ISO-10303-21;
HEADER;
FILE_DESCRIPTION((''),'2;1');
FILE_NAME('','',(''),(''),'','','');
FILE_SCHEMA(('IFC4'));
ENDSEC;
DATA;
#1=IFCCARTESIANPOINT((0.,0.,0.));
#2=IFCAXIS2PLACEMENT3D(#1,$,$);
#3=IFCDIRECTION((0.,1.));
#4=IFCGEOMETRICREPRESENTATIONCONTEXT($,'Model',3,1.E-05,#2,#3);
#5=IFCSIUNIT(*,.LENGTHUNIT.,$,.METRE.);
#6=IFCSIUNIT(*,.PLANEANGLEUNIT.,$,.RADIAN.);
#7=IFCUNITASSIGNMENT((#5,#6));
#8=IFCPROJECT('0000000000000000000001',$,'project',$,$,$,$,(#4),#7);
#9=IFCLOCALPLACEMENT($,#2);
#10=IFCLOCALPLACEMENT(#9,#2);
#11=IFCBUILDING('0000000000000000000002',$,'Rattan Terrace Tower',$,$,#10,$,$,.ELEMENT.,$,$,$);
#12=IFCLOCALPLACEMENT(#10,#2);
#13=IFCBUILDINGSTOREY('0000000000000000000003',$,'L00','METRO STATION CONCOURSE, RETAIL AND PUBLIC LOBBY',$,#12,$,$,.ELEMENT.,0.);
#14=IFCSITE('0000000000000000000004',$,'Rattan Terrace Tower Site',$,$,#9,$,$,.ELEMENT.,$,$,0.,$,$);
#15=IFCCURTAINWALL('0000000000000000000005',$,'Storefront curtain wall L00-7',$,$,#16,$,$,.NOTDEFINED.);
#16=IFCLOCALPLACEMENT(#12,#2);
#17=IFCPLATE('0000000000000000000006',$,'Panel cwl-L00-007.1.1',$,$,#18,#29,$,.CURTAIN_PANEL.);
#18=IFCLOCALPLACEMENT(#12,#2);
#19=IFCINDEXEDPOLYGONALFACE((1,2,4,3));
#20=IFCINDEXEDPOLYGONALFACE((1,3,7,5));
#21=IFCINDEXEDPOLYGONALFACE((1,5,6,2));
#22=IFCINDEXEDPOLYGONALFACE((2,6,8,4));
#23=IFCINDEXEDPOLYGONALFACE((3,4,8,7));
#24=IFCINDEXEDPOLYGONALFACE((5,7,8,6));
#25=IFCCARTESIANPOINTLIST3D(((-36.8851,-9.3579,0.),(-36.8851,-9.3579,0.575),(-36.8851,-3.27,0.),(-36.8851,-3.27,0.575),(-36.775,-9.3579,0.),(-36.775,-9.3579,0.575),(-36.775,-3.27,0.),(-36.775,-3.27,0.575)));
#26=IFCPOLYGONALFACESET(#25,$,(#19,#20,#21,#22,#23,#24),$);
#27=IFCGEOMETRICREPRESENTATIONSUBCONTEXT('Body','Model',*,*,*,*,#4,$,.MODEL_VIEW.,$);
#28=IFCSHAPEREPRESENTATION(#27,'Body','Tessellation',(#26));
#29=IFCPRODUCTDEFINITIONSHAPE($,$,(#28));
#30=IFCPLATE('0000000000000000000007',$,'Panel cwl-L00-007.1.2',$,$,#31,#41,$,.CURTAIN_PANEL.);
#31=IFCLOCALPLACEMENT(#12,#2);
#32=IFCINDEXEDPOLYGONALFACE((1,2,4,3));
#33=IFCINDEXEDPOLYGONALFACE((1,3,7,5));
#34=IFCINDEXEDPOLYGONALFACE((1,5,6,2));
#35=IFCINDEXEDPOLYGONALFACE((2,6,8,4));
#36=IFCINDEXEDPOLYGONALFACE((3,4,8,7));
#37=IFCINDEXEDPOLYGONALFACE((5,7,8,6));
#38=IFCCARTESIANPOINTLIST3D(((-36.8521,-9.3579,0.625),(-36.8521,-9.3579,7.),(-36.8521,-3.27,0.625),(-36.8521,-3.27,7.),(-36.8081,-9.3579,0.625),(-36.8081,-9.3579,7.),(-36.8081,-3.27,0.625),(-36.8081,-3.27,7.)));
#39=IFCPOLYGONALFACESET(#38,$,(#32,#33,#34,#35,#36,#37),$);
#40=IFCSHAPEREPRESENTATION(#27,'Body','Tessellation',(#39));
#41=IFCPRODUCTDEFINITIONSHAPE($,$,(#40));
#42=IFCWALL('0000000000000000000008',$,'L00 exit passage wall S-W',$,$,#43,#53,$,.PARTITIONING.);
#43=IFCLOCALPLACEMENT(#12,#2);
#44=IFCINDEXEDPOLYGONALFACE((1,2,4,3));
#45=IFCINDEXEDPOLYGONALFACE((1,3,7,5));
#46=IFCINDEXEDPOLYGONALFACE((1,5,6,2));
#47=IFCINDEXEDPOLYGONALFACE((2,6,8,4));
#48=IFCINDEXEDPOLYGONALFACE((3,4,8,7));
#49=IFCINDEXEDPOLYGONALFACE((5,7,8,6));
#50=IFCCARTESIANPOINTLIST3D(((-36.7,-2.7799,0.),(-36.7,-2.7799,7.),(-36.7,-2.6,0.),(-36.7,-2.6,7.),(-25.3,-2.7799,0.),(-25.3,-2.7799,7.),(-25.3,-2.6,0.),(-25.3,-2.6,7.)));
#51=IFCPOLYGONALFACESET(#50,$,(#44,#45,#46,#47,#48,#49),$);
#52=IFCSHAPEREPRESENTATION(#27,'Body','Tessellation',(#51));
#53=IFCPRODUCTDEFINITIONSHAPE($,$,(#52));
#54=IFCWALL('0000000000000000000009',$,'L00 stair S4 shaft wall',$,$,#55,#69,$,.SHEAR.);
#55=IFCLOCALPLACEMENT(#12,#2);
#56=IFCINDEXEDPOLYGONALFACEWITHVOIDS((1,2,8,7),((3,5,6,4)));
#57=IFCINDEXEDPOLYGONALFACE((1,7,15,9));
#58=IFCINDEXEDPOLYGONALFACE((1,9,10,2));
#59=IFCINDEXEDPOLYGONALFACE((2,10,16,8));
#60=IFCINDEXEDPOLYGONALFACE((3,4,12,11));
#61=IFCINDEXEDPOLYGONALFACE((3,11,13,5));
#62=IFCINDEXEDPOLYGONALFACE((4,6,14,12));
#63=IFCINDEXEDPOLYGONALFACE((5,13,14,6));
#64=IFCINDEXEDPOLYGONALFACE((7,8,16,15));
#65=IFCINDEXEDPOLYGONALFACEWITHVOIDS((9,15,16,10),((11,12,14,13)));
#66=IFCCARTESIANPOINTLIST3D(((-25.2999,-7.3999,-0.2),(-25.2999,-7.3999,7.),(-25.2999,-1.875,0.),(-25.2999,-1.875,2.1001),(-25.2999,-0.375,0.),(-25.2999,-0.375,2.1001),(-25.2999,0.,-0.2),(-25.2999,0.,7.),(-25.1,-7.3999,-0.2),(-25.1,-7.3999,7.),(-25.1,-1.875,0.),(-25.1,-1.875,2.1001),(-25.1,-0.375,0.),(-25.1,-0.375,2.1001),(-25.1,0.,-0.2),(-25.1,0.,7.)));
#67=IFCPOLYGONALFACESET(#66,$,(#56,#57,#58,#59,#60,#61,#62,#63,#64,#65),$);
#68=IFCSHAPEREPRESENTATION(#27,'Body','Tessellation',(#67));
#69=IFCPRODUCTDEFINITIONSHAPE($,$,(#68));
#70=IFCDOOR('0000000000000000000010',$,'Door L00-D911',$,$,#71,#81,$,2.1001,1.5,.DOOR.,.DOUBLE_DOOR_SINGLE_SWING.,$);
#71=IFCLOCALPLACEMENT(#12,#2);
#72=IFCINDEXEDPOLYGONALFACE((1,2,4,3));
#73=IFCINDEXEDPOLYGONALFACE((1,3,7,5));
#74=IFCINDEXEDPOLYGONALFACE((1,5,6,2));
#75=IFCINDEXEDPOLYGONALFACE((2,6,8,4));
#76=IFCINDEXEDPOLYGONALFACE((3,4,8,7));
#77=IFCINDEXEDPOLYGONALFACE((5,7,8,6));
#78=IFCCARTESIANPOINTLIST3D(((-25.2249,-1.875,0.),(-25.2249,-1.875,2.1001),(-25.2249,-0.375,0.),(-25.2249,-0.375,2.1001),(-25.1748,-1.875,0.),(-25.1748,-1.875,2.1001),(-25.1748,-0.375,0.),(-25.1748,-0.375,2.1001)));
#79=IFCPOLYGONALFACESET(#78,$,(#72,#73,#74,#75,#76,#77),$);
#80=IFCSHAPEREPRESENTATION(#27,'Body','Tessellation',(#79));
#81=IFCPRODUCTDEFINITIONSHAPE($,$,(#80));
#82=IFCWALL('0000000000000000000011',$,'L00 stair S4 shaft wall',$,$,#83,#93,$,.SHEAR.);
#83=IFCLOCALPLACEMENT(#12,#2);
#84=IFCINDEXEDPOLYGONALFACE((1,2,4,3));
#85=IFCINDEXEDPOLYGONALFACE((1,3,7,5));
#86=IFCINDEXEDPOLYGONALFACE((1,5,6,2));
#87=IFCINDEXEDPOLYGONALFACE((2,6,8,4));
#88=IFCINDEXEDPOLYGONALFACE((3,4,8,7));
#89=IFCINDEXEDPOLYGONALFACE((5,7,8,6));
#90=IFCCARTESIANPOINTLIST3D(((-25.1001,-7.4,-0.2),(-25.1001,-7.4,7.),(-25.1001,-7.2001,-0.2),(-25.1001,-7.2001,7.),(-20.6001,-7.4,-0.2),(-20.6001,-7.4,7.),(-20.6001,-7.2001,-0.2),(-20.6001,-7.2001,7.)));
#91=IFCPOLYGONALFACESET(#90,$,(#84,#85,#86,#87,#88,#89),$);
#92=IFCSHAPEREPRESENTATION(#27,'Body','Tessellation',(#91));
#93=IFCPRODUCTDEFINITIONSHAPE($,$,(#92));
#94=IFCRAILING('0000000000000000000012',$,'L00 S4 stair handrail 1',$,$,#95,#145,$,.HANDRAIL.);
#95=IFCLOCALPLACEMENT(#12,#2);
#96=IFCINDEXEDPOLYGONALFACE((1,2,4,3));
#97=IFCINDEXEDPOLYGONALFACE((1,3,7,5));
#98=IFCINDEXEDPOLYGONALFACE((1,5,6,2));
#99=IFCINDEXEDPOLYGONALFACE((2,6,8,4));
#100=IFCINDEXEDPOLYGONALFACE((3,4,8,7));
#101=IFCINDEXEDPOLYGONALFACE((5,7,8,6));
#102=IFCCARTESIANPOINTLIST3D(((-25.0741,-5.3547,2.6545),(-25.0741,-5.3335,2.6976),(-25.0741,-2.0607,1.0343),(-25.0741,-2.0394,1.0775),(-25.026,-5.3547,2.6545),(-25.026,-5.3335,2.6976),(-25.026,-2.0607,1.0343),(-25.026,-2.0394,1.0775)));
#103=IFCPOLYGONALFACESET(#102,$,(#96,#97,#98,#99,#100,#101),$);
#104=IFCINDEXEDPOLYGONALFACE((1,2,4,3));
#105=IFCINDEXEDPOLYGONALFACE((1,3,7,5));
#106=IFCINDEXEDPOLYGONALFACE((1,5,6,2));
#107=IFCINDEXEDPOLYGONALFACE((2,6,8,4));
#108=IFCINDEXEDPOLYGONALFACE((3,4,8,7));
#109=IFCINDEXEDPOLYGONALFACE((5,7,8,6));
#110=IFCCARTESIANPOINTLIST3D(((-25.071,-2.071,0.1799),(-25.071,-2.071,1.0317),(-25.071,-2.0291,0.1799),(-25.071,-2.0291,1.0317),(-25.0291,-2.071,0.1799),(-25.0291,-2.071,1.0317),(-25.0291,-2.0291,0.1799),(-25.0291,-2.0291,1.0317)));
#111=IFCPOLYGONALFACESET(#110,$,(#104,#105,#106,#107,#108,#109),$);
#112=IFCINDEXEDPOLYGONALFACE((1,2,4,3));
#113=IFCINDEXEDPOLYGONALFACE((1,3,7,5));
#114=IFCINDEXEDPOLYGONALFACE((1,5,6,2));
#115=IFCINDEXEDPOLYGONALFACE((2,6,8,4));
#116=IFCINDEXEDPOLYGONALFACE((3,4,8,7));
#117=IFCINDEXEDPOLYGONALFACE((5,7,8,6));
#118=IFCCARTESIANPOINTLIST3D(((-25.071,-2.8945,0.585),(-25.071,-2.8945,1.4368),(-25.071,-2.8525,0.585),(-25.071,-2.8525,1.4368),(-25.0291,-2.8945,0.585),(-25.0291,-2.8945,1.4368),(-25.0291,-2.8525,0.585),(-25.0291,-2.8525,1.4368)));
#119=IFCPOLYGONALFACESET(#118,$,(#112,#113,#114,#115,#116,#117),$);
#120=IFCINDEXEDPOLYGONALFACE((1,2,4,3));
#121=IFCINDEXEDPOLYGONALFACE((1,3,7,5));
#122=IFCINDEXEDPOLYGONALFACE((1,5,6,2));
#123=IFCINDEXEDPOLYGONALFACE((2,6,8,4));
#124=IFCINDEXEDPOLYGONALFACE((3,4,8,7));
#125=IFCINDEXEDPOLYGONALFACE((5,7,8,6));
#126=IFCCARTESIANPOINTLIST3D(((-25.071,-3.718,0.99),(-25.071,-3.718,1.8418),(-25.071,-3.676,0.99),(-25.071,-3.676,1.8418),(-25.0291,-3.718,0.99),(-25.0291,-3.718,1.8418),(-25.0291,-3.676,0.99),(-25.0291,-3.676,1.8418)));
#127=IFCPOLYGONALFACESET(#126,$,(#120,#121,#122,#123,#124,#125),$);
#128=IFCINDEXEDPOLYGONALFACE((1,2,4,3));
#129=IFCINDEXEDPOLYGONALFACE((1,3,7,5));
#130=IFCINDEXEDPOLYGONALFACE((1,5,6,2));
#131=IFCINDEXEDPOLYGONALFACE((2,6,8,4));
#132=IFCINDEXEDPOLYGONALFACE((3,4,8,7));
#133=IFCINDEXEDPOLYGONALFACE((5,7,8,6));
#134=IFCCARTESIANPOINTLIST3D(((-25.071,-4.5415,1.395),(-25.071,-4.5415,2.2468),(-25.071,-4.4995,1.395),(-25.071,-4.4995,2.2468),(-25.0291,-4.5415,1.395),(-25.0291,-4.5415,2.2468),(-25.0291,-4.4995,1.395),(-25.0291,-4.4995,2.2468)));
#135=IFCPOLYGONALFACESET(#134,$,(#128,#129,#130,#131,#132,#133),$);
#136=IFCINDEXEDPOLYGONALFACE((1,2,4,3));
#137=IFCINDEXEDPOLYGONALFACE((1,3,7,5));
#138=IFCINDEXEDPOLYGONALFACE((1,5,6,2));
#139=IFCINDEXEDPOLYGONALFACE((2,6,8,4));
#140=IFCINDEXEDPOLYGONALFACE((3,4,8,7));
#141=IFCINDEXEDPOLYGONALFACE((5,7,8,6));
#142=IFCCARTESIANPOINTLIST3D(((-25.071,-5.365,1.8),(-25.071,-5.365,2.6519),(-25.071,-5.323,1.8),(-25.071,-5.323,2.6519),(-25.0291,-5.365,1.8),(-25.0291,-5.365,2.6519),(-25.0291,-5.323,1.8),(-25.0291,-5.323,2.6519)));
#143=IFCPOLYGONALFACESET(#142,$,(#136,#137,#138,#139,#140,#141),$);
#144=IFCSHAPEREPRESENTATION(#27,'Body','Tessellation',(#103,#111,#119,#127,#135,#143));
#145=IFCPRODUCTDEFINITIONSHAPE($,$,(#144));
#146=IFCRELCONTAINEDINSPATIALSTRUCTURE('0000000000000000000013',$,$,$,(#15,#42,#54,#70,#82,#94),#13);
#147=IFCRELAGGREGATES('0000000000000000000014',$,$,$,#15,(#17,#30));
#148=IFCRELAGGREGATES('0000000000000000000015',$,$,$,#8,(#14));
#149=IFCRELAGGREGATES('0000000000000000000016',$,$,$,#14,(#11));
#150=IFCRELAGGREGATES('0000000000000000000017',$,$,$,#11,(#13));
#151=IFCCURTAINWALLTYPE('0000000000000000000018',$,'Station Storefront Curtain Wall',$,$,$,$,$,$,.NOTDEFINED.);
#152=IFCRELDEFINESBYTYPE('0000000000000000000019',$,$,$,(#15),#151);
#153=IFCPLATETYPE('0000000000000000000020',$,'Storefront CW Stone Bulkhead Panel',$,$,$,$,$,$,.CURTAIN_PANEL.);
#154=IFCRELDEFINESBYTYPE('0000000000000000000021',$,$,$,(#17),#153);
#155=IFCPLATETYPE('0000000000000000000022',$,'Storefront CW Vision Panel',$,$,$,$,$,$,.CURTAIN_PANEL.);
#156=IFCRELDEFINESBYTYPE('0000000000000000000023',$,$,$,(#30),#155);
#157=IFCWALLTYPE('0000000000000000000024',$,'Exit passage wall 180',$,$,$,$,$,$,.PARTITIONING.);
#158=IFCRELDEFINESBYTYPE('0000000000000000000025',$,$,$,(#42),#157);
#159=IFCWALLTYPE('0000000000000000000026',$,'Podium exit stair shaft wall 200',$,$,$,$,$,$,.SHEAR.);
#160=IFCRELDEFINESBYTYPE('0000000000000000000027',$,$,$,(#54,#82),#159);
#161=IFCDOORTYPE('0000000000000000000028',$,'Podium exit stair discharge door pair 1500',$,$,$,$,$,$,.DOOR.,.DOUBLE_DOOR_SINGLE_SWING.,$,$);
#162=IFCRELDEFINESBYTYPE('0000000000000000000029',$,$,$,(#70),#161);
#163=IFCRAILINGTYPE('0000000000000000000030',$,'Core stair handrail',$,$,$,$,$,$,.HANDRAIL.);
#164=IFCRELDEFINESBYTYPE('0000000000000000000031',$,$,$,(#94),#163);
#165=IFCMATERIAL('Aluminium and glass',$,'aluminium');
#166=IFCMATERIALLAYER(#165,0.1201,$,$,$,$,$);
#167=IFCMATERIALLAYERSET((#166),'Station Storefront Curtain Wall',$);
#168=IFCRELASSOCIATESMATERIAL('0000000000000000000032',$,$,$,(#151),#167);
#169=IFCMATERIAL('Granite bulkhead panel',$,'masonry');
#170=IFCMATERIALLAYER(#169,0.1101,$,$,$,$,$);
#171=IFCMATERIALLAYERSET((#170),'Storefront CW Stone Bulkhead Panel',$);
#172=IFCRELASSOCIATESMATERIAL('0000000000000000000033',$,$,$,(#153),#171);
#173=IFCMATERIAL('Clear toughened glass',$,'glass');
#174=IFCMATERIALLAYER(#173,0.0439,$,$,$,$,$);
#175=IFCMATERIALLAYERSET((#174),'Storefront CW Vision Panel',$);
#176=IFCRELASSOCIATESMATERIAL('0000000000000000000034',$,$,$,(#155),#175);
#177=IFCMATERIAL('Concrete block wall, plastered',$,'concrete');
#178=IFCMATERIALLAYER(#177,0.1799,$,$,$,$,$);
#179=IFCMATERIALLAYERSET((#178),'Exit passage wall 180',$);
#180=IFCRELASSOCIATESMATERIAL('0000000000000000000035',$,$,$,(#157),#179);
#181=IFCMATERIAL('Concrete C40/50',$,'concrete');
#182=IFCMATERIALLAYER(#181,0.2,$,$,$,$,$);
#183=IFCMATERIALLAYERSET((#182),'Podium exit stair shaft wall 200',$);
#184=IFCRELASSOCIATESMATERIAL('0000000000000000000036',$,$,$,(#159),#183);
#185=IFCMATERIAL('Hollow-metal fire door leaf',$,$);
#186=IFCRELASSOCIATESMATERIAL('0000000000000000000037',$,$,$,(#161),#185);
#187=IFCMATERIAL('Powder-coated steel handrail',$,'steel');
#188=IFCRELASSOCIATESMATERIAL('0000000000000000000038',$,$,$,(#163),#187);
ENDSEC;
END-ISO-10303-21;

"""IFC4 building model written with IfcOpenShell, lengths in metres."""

from ifc_helpers import new_model, si_unit, direction, frame, frame_2d, origin, origin_2d, place, context, subcontext, project, spatial, rectangle, extrude, material, layer, layer_set, type_object, element, fill, aggregate, save


model = new_model("IFC4")

# Units and contexts
model_context = context("Model", 3, precision=1e-05, world=origin(), true_north=direction((0.0, 1.0)))
body_context = subcontext(model_context, "Body", "Model", "MODEL_VIEW")
ifc_project = project(units=[si_unit("LENGTHUNIT", "METRE"), si_unit("PLANEANGLEUNIT", "RADIAN")], contexts=[model_context])

# Site, building, storey
site_placement = place(None, origin())
site = spatial("IfcSite", under=ifc_project, at=site_placement, Name="Rattan Terrace Tower Site", CompositionType="ELEMENT", RefElevation=0.0)
building_placement = place(site_placement, origin())
building = spatial("IfcBuilding", under=site, at=building_placement, Name="Rattan Terrace Tower", CompositionType="ELEMENT")
storey_placement = place(building_placement, origin())
storey = spatial("IfcBuildingStorey", under=building, at=storey_placement, Name="L00", Description="METRO STATION CONCOURSE, RETAIL AND PUBLIC LOBBY", CompositionType="ELEMENT", Elevation=0.0)

# Curtain wall, plates
ifc_material_1 = material(Name="Aluminium and glass", Category="aluminium")
ifc_layer_1 = layer(ifc_material_1, 0.1201)
ifc_layer_set_1 = layer_set([ifc_layer_1], Name="Station Storefront Curtain Wall")
curtain_wall_type = type_object("IfcCurtainWallType", Name="Station Storefront Curtain Wall", PredefinedType="NOTDEFINED", material=ifc_layer_set_1)
curtain_wall_placement = place(storey_placement, origin())
curtain_wall = element("IfcCurtainWall", 1, at=curtain_wall_placement, inside=storey, type_object=curtain_wall_type, Name="Storefront curtain wall L00-7", PredefinedType="NOTDEFINED")
ifc_material_2 = material(Name="Granite bulkhead panel", Category="masonry")
ifc_layer_2 = layer(ifc_material_2, 0.1101)
ifc_layer_set_2 = layer_set([ifc_layer_2], Name="Storefront CW Stone Bulkhead Panel")
plate_type_1 = type_object("IfcPlateType", Name="Storefront CW Stone Bulkhead Panel", PredefinedType="CURTAIN_PANEL", material=ifc_layer_set_2)
plate_1_placement = place(storey_placement, frame((-36.8301, -6.314, 0.0), z_axis=(0.0, 0.0, 1.0), x_axis=(0.0, -1.0, 0.0)))
plate_1 = element("IfcPlate", 2, at=plate_1_placement, type_object=plate_type_1, Name="Panel cwl-L00-007.1.1", PredefinedType="CURTAIN_PANEL", context=body_context, shape_type="SweptSolid", body=[
    extrude(rectangle(XDim=6.0879, YDim=0.1101, at=origin_2d()), origin(), (0.0, 0.0, 1.0), 0.575),
])
ifc_material_3 = material(Name="Clear toughened glass", Category="glass")
ifc_layer_3 = layer(ifc_material_3, 0.0439)
ifc_layer_set_3 = layer_set([ifc_layer_3], Name="Storefront CW Vision Panel")
plate_type_2 = type_object("IfcPlateType", Name="Storefront CW Vision Panel", PredefinedType="CURTAIN_PANEL", material=ifc_layer_set_3)
plate_2_placement = place(storey_placement, frame((-36.8301, -6.314, 0.625), z_axis=(0.0, 0.0, 1.0), x_axis=(0.0, -1.0, 0.0)))
plate_2 = element("IfcPlate", 3, at=plate_2_placement, type_object=plate_type_2, Name="Panel cwl-L00-007.1.2", PredefinedType="CURTAIN_PANEL", context=body_context, shape_type="SweptSolid", body=[
    extrude(rectangle(XDim=6.0879, YDim=0.0439, at=origin_2d()), origin(), (0.0, 0.0, 1.0), 6.375),
])
aggregate(curtain_wall, [plate_1, plate_2])

# Wall
ifc_material_4 = material(Name="Concrete block wall, plastered", Category="concrete")
ifc_layer_4 = layer(ifc_material_4, 0.1799)
ifc_layer_set_4 = layer_set([ifc_layer_4], Name="Exit passage wall 180")
wall_type_1 = type_object("IfcWallType", Name="Exit passage wall 180", PredefinedType="PARTITIONING", material=ifc_layer_set_4)
wall_1_placement = place(storey_placement, frame((-36.7, -2.6899, 0.0), z_axis=(0.0, 0.0, 1.0), x_axis=(1.0, 0.0, 0.0)))
element("IfcWall", 4, at=wall_1_placement, inside=storey, type_object=wall_type_1, Name="L00 exit passage wall S-W", PredefinedType="PARTITIONING", context=body_context, shape_type="SweptSolid", body=[
    extrude(rectangle(XDim=11.3999, YDim=0.1799, at=frame_2d((5.7, 0.0))), origin(), (0.0, 0.0, 1.0), 7.0),
])

# Wall, opening, door
ifc_material_5 = material(Name="Concrete C40/50", Category="concrete")
ifc_layer_5 = layer(ifc_material_5, 0.2)
ifc_layer_set_5 = layer_set([ifc_layer_5], Name="Podium exit stair shaft wall 200")
wall_type_2 = type_object("IfcWallType", Name="Podium exit stair shaft wall 200", PredefinedType="SHEAR", material=ifc_layer_set_5)
wall_2_placement = place(storey_placement, frame((-25.2, -7.3999, -0.2), z_axis=(0.0, 0.0, 1.0), x_axis=(0.0, 1.0, 0.0)))
wall_2 = element("IfcWall", 5, at=wall_2_placement, inside=storey, type_object=wall_type_2, Name="L00 stair S4 shaft wall", PredefinedType="SHEAR", context=body_context, shape_type="SweptSolid", body=[
    extrude(rectangle(XDim=7.3999, YDim=0.2, at=frame_2d((3.7, 0.0))), origin(), (0.0, 0.0, 1.0), 7.2),
])
opening_1_placement = place(wall_2_placement, frame((5.5249, 0.0, 0.2)))
opening_1 = element("IfcOpeningElement", 6, at=opening_1_placement, cuts=wall_2, PredefinedType="OPENING", context=body_context, shape_type="SweptSolid", body=[
    extrude(rectangle(XDim=1.5, YDim=2.1001, at=frame_2d((0.75, 1.05))), frame((0.0, 0.1106, 0.0), z_axis=(0.0, -1.0, 0.0), x_axis=(1.0, 0.0, 0.0)), (0.0, 0.0, 1.0), 0.2209),
])
ifc_material_6 = material(Name="Hollow-metal fire door leaf")
door_type_1 = type_object("IfcDoorType", Name="Podium exit stair discharge door pair 1500", OperationType="DOUBLE_DOOR_SINGLE_SWING", PredefinedType="DOOR", material=ifc_material_6)
door_1_placement = place(opening_1_placement, origin())
door_1 = element("IfcDoor", 7, at=door_1_placement, inside=storey, type_object=door_type_1, Name="Door L00-D911", OperationType="DOUBLE_DOOR_SINGLE_SWING", OverallHeight=2.1001, OverallWidth=1.5, PredefinedType="DOOR", context=body_context, shape_type="SweptSolid", body=[
    extrude(rectangle(XDim=1.5, YDim=2.1001, at=frame_2d((0.75, 1.05))), frame((0.0, 0.0249, 0.0), z_axis=(0.0, -1.0, 0.0), x_axis=(1.0, 0.0, 0.0)), (0.0, 0.0, 1.0), 0.05),
])
fill(opening_1, door_1)

# Wall
wall_3_placement = place(storey_placement, frame((-25.1001, -7.3, -0.2), z_axis=(0.0, 0.0, 1.0), x_axis=(1.0, 0.0, 0.0)))
element("IfcWall", 8, at=wall_3_placement, inside=storey, type_object=wall_type_2, Name="L00 stair S4 shaft wall", PredefinedType="SHEAR", context=body_context, shape_type="SweptSolid", body=[
    extrude(rectangle(XDim=4.5, YDim=0.2, at=frame_2d((2.25, 0.0))), origin(), (0.0, 0.0, 1.0), 7.2),
])

# Railing
ifc_material_7 = material(Name="Powder-coated steel handrail", Category="steel")
railing_type = type_object("IfcRailingType", Name="Core stair handrail", PredefinedType="HANDRAIL", material=ifc_material_7)
railing_placement = place(storey_placement, frame((-25.05, -2.05, 0.1799)))
element("IfcRailing", 9, at=railing_placement, inside=storey, type_object=railing_type, Name="L00 S4 stair handrail 1", PredefinedType="HANDRAIL", context=body_context, shape_type="SweptSolid", body=[
    extrude(rectangle(XDim=0.0481, YDim=0.0481, at=origin_2d()), frame((0.0, 0.0, 0.876), z_axis=(0.0, -0.897334, 0.441351), x_axis=(1.0, 0.0, 0.0)), (0.0, 0.0, 1.0), 3.6709),
    extrude(rectangle(XDim=0.042, YDim=0.042, at=origin_2d()), origin(), (0.0, 0.0, 1.0), 0.8518),
    extrude(rectangle(XDim=0.042, YDim=0.042, at=origin_2d()), frame((0.0, -0.8235, 0.405)), (0.0, 0.0, 1.0), 0.8518),
    extrude(rectangle(XDim=0.042, YDim=0.042, at=origin_2d()), frame((0.0, -1.647, 0.8101)), (0.0, 0.0, 1.0), 0.8518),
    extrude(rectangle(XDim=0.042, YDim=0.042, at=origin_2d()), frame((0.0, -2.4705, 1.2151)), (0.0, 0.0, 1.0), 0.8518),
    extrude(rectangle(XDim=0.042, YDim=0.042, at=origin_2d()), frame((0.0, -3.2939, 1.6201)), (0.0, 0.0, 1.0), 0.8518),
])

save(model, "model.ifc")
